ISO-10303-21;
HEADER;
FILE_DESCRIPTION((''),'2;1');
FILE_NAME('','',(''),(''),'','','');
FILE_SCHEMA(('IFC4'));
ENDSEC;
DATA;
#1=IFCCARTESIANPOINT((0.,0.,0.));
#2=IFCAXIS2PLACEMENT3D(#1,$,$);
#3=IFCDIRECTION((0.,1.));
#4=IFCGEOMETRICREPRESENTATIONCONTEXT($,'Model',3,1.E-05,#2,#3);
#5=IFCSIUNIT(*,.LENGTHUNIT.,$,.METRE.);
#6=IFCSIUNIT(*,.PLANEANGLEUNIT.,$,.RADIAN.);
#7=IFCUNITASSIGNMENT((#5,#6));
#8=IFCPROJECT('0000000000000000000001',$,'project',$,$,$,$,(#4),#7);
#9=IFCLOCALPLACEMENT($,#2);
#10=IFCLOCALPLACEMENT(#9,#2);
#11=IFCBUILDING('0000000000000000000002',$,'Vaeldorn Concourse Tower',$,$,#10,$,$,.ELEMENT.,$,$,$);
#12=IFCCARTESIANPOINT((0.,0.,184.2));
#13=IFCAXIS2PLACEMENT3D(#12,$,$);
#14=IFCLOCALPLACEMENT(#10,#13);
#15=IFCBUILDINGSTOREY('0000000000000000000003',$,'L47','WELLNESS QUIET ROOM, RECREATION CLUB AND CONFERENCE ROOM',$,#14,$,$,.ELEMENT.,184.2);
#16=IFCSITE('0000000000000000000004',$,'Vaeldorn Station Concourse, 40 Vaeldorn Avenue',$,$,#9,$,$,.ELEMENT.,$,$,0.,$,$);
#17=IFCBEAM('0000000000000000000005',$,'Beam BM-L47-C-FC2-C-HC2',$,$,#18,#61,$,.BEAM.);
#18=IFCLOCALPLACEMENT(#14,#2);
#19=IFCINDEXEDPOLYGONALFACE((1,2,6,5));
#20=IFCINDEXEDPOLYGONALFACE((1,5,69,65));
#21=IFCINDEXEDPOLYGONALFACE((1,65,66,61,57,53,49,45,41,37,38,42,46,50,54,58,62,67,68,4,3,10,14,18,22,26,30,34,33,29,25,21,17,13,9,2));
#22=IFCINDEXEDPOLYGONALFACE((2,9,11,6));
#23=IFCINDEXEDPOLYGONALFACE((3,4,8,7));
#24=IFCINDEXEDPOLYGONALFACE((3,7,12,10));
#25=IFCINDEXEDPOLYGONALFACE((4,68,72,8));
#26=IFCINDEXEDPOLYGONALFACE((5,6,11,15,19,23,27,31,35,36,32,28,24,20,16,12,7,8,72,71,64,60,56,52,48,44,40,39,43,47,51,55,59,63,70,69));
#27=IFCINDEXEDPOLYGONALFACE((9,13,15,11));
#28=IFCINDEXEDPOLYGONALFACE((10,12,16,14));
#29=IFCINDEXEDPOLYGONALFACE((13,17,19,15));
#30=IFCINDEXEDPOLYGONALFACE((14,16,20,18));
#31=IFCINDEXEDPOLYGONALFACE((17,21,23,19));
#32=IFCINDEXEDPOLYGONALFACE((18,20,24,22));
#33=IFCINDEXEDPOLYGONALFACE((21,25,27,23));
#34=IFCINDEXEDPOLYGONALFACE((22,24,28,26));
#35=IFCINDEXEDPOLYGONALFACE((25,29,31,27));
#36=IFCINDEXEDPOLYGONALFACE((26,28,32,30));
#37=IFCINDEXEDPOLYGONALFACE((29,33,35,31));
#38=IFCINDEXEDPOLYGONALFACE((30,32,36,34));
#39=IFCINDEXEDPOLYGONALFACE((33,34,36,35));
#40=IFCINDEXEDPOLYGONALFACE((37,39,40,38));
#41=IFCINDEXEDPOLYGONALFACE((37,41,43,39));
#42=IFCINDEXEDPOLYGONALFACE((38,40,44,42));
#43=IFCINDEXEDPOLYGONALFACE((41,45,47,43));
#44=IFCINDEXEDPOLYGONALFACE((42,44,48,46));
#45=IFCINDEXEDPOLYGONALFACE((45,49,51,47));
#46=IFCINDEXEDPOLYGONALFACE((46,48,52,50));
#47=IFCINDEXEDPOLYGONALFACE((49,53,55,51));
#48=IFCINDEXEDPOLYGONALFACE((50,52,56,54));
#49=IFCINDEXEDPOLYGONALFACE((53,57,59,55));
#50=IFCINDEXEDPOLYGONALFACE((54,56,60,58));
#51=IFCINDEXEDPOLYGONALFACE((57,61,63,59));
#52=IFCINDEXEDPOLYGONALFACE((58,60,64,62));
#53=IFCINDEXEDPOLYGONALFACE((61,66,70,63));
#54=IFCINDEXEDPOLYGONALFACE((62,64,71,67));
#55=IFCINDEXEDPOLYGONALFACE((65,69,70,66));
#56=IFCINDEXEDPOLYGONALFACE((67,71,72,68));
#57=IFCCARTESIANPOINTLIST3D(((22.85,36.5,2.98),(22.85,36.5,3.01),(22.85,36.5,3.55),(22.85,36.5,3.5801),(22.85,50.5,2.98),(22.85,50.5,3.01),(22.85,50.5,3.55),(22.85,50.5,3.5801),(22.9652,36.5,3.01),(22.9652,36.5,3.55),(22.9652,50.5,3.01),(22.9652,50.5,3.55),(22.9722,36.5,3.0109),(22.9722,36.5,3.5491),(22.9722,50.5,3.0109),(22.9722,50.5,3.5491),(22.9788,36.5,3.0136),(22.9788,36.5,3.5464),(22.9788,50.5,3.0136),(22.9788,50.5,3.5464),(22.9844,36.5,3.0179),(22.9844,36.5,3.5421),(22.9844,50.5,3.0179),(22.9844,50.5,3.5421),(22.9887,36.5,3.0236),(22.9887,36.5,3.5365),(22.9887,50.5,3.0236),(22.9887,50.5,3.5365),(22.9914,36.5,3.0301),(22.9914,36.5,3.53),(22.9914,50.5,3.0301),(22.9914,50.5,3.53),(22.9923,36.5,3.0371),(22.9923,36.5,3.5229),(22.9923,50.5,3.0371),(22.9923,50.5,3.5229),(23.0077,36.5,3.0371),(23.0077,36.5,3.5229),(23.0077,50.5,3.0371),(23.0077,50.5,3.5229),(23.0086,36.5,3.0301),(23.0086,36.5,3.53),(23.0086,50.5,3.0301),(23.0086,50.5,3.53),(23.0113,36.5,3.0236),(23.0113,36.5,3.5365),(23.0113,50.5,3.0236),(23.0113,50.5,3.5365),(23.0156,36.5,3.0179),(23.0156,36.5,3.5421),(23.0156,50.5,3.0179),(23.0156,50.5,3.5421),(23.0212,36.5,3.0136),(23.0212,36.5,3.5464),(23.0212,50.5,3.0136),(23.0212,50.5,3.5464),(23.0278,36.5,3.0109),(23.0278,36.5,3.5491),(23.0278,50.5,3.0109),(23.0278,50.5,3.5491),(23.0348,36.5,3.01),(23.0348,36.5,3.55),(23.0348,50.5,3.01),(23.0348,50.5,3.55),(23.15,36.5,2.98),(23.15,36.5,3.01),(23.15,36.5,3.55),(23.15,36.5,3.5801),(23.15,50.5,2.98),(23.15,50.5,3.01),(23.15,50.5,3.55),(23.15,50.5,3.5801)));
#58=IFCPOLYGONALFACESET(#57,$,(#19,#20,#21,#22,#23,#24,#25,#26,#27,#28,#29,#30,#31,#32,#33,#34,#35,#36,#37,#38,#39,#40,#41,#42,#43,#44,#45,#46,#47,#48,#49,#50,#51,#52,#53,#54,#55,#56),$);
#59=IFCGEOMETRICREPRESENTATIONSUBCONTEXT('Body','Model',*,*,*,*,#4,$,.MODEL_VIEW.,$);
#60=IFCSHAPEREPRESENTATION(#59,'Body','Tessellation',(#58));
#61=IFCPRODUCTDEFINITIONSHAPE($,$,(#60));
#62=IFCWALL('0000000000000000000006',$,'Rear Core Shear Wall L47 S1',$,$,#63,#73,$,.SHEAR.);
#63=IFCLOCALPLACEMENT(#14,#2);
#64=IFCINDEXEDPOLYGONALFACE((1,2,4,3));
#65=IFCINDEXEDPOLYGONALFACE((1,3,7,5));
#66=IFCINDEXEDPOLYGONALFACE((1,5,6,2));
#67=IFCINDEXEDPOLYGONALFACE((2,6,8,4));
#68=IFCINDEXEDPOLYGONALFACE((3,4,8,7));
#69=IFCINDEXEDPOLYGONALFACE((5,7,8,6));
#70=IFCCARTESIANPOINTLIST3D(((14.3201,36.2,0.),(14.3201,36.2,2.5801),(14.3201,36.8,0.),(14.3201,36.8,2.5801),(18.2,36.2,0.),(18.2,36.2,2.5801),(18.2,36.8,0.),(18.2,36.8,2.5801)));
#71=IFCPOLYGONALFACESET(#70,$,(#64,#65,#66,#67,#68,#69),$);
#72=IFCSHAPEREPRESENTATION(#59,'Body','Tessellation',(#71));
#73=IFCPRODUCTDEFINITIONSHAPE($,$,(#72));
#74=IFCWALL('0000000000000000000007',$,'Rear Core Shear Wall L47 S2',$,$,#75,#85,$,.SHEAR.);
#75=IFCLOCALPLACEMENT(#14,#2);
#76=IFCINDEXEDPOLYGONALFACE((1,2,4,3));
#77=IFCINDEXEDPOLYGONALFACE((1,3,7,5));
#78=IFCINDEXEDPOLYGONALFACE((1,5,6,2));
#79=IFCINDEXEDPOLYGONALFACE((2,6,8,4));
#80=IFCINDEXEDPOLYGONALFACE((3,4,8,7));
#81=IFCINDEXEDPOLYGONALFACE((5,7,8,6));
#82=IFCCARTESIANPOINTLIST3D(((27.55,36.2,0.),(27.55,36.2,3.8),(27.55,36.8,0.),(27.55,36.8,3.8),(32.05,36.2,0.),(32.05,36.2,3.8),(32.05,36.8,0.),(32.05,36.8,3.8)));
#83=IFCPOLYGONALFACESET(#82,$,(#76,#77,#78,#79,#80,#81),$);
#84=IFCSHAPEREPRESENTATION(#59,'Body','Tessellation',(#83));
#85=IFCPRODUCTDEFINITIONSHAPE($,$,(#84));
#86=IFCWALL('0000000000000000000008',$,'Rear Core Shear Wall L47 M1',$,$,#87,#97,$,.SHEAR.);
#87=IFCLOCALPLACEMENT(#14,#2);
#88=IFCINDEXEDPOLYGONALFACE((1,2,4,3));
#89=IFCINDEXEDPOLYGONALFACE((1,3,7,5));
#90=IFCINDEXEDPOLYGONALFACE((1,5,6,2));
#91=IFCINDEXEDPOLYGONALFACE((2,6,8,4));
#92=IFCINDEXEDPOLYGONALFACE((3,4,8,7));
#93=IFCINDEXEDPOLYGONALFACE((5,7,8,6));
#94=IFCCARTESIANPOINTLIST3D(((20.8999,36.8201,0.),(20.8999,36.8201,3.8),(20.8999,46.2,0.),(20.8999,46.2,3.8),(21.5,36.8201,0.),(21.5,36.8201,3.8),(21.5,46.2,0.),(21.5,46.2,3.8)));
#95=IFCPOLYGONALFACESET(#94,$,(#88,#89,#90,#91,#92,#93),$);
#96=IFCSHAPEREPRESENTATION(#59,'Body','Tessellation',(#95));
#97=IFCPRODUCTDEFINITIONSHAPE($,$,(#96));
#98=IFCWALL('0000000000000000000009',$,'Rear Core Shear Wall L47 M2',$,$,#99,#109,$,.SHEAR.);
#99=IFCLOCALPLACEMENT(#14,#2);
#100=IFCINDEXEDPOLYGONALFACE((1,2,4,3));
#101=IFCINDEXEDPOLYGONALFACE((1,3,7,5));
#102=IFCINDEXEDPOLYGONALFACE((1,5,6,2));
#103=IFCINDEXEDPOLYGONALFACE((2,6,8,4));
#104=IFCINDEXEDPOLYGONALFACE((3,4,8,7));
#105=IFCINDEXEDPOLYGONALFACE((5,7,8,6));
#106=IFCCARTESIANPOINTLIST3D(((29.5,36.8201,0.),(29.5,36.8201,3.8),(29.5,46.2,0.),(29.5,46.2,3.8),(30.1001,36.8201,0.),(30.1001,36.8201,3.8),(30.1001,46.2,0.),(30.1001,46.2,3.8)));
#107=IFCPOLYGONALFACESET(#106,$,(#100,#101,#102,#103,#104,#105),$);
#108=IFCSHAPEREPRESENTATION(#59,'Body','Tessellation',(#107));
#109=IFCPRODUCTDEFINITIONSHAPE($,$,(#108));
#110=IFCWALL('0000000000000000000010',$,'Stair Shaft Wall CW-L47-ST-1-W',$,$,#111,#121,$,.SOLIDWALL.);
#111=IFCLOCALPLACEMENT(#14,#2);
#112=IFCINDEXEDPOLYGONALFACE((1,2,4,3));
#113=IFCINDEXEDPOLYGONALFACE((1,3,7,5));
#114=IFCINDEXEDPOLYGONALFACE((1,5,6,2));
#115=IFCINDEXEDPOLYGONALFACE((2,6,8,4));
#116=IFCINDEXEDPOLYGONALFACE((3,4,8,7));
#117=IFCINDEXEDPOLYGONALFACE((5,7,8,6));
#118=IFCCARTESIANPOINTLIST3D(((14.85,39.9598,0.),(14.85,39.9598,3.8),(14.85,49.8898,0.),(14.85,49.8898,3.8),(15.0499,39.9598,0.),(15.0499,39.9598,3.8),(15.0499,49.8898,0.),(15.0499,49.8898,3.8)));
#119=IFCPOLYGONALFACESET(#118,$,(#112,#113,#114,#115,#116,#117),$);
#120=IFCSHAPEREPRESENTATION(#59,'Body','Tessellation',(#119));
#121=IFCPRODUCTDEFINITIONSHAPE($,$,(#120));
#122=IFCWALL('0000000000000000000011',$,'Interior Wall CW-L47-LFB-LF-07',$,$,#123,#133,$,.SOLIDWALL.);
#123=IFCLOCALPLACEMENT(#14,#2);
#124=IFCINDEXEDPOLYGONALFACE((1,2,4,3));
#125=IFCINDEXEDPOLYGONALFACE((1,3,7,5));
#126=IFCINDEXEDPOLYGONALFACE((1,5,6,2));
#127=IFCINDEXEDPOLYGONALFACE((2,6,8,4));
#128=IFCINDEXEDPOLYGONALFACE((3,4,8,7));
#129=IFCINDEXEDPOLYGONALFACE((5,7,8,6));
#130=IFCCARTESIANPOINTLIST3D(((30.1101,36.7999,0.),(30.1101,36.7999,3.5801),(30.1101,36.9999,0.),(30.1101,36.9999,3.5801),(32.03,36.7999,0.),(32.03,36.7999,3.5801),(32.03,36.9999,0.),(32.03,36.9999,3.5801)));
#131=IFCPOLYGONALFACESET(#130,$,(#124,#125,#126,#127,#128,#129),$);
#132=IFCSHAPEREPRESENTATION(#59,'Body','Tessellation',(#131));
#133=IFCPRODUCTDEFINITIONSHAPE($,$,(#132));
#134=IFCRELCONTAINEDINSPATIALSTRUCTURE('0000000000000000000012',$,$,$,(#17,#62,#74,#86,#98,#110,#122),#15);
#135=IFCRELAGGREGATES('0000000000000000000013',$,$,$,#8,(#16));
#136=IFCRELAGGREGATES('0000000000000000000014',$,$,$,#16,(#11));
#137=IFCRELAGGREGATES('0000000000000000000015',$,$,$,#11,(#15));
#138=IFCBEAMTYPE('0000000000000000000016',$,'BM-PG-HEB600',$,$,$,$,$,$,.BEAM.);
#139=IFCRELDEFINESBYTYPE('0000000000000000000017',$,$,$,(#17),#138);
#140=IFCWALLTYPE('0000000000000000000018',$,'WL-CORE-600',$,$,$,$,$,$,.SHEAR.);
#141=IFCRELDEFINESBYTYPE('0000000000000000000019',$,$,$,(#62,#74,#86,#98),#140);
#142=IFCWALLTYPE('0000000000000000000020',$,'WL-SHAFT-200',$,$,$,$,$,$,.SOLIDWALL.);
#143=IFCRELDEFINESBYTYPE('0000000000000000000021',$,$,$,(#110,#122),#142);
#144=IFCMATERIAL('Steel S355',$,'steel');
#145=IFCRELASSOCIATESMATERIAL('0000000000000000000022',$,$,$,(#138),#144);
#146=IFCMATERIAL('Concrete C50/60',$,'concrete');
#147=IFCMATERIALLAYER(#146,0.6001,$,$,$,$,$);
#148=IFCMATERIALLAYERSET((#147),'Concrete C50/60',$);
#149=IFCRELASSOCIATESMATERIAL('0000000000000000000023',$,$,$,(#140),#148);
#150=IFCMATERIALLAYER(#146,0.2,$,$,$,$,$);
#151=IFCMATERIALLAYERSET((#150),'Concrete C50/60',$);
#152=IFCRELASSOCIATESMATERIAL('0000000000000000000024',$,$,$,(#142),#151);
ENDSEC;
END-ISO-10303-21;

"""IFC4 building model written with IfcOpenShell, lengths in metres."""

from ifc_helpers import new_model, si_unit, direction, frame, frame_2d, origin, origin_2d, place, context, subcontext, project, spatial, rectangle, i_section, extrude, source, transform, mapped, material, layer, layer_set, material_profile, profile_set, type_object, element, save


model = new_model("IFC4")

# Units and contexts
model_context = context("Model", 3, precision=1e-05, world=origin(), true_north=direction((0.0, 1.0)))
body_context = subcontext(model_context, "Body", "Model", "MODEL_VIEW")
ifc_project = project(units=[si_unit("LENGTHUNIT", "METRE"), si_unit("PLANEANGLEUNIT", "RADIAN")], contexts=[model_context])

# Site, building, storey
site_placement = place(None, origin())
site = spatial("IfcSite", under=ifc_project, at=site_placement, Name="Vaeldorn Station Concourse, 40 Vaeldorn Avenue", CompositionType="ELEMENT", RefElevation=0.0)
building_placement = place(site_placement, origin())
building = spatial("IfcBuilding", under=site, at=building_placement, Name="Vaeldorn Concourse Tower", CompositionType="ELEMENT")
storey_placement = place(building_placement, frame((0.0, 0.0, 184.2)))
storey = spatial("IfcBuildingStorey", under=building, at=storey_placement, Name="L47", Description="WELLNESS QUIET ROOM, RECREATION CLUB AND CONFERENCE ROOM", CompositionType="ELEMENT", Elevation=184.2)

# Shared definitions
ifc_material_1 = material(Name="Steel S355", Category="steel")

# Beam
ifc_material_profile_1 = material_profile(ifc_material_1, i_section(OverallWidth=0.3, OverallDepth=0.6001, WebThickness=0.0154, FlangeThickness=0.03, FilletRadius=0.0271, at=origin_2d()), Name="HEB 600")
ifc_profile_set_1 = profile_set([ifc_material_profile_1], Name="Steel S355")
beam_type_1 = type_object("IfcBeamType", Name="BM-PG-HEB600", PredefinedType="BEAM", material=ifc_profile_set_1)
shared_shape_1 = source(origin(), body_context, "Body", "SweptSolid", [
    extrude(i_section(OverallWidth=0.3, OverallDepth=0.6001, WebThickness=0.0154, FlangeThickness=0.03, FilletRadius=0.0271, at=origin_2d()), origin(), (0.0, 0.0, 1.0), 14.0),
])
beam_1_placement = place(storey_placement, frame((23.0, 36.5, 3.28), z_axis=(0.0, 1.0, 0.0), x_axis=(-1.0, 0.0, 0.0)))
element("IfcBeam", 1, at=beam_1_placement, inside=storey, type_object=beam_type_1, Name="Beam BM-L47-C-FC2-C-HC2", PredefinedType="BEAM", context=body_context, shape_type="MappedRepresentation", body=[
    mapped(shared_shape_1, transform((0.0, 0.0, 0.0), scale=1.0)),
])

# Walls
ifc_material_2 = material(Name="Concrete C50/60", Category="concrete")
ifc_layer_1 = layer(ifc_material_2, 0.6001)
ifc_layer_set_1 = layer_set([ifc_layer_1], Name="Concrete C50/60")
wall_type_1 = type_object("IfcWallType", Name="WL-CORE-600", PredefinedType="SHEAR", material=ifc_layer_set_1)
wall_1_placement = place(storey_placement, frame((14.3201, 36.5, 0.0), z_axis=(0.0, 0.0, 1.0), x_axis=(1.0, 0.0, 0.0)))
element("IfcWall", 2, at=wall_1_placement, inside=storey, type_object=wall_type_1, Name="Rear Core Shear Wall L47 S1", PredefinedType="SHEAR", context=body_context, shape_type="SweptSolid", body=[
    extrude(rectangle(XDim=3.8799, YDim=0.6001, at=frame_2d((1.9399, 0.0))), origin(), (0.0, 0.0, 1.0), 2.5801),
])
wall_2_placement = place(storey_placement, frame((27.55, 36.5, 0.0), z_axis=(0.0, 0.0, 1.0), x_axis=(1.0, 0.0, 0.0)))
element("IfcWall", 3, at=wall_2_placement, inside=storey, type_object=wall_type_1, Name="Rear Core Shear Wall L47 S2", PredefinedType="SHEAR", context=body_context, shape_type="SweptSolid", body=[
    extrude(rectangle(XDim=4.5, YDim=0.6001, at=frame_2d((2.25, 0.0))), origin(), (0.0, 0.0, 1.0), 3.8),
])
for number, where, z_axis, x_axis, name in (
    (4, (21.2, 36.8201, 0.0), (0.0, 0.0, 1.0), (0.0, 1.0, 0.0), "Rear Core Shear Wall L47 M1"),
    (5, (29.8, 36.8201, 0.0), (0.0, 0.0, 1.0), (0.0, 1.0, 0.0), "Rear Core Shear Wall L47 M2"),
):
    element("IfcWall", number, at=place(storey_placement, frame(where, z_axis=z_axis, x_axis=x_axis)), inside=storey, type_object=wall_type_1, Name=name, PredefinedType="SHEAR", context=body_context, shape_type="SweptSolid", body=[
        extrude(rectangle(XDim=9.3799, YDim=0.6001, at=frame_2d((4.6899, 0.0))), origin(), (0.0, 0.0, 1.0), 3.8),
    ])

# Shared definitions
ifc_layer_2 = layer(ifc_material_2, 0.2)
ifc_layer_set_2 = layer_set([ifc_layer_2], Name="Concrete C50/60")
wall_type_2 = type_object("IfcWallType", Name="WL-SHAFT-200", PredefinedType="SOLIDWALL", material=ifc_layer_set_2)

# Wall
wall_3_placement = place(storey_placement, frame((14.95, 39.96, 0.0), z_axis=(0.0, 0.0, 1.0), x_axis=(0.0, 1.0, 0.0)))
element("IfcWall", 6, at=wall_3_placement, inside=storey, type_object=wall_type_2, Name="Stair Shaft Wall CW-L47-ST-1-W", PredefinedType="SOLIDWALL", context=body_context, shape_type="SweptSolid", body=[
    extrude(rectangle(XDim=9.9299, YDim=0.2, at=frame_2d((4.9648, 0.0))), origin(), (0.0, 0.0, 1.0), 3.8),
])

# Wall
wall_4_placement = place(storey_placement, frame((30.1101, 36.8999, 0.0), z_axis=(0.0, 0.0, 1.0), x_axis=(1.0, 0.0, 0.0)))
element("IfcWall", 7, at=wall_4_placement, inside=storey, type_object=wall_type_2, Name="Interior Wall CW-L47-LFB-LF-07", PredefinedType="SOLIDWALL", context=body_context, shape_type="SweptSolid", body=[
    extrude(rectangle(XDim=1.9199, YDim=0.2, at=frame_2d((0.96, 0.0))), origin(), (0.0, 0.0, 1.0), 3.5801),
])

save(model, "model.ifc")
